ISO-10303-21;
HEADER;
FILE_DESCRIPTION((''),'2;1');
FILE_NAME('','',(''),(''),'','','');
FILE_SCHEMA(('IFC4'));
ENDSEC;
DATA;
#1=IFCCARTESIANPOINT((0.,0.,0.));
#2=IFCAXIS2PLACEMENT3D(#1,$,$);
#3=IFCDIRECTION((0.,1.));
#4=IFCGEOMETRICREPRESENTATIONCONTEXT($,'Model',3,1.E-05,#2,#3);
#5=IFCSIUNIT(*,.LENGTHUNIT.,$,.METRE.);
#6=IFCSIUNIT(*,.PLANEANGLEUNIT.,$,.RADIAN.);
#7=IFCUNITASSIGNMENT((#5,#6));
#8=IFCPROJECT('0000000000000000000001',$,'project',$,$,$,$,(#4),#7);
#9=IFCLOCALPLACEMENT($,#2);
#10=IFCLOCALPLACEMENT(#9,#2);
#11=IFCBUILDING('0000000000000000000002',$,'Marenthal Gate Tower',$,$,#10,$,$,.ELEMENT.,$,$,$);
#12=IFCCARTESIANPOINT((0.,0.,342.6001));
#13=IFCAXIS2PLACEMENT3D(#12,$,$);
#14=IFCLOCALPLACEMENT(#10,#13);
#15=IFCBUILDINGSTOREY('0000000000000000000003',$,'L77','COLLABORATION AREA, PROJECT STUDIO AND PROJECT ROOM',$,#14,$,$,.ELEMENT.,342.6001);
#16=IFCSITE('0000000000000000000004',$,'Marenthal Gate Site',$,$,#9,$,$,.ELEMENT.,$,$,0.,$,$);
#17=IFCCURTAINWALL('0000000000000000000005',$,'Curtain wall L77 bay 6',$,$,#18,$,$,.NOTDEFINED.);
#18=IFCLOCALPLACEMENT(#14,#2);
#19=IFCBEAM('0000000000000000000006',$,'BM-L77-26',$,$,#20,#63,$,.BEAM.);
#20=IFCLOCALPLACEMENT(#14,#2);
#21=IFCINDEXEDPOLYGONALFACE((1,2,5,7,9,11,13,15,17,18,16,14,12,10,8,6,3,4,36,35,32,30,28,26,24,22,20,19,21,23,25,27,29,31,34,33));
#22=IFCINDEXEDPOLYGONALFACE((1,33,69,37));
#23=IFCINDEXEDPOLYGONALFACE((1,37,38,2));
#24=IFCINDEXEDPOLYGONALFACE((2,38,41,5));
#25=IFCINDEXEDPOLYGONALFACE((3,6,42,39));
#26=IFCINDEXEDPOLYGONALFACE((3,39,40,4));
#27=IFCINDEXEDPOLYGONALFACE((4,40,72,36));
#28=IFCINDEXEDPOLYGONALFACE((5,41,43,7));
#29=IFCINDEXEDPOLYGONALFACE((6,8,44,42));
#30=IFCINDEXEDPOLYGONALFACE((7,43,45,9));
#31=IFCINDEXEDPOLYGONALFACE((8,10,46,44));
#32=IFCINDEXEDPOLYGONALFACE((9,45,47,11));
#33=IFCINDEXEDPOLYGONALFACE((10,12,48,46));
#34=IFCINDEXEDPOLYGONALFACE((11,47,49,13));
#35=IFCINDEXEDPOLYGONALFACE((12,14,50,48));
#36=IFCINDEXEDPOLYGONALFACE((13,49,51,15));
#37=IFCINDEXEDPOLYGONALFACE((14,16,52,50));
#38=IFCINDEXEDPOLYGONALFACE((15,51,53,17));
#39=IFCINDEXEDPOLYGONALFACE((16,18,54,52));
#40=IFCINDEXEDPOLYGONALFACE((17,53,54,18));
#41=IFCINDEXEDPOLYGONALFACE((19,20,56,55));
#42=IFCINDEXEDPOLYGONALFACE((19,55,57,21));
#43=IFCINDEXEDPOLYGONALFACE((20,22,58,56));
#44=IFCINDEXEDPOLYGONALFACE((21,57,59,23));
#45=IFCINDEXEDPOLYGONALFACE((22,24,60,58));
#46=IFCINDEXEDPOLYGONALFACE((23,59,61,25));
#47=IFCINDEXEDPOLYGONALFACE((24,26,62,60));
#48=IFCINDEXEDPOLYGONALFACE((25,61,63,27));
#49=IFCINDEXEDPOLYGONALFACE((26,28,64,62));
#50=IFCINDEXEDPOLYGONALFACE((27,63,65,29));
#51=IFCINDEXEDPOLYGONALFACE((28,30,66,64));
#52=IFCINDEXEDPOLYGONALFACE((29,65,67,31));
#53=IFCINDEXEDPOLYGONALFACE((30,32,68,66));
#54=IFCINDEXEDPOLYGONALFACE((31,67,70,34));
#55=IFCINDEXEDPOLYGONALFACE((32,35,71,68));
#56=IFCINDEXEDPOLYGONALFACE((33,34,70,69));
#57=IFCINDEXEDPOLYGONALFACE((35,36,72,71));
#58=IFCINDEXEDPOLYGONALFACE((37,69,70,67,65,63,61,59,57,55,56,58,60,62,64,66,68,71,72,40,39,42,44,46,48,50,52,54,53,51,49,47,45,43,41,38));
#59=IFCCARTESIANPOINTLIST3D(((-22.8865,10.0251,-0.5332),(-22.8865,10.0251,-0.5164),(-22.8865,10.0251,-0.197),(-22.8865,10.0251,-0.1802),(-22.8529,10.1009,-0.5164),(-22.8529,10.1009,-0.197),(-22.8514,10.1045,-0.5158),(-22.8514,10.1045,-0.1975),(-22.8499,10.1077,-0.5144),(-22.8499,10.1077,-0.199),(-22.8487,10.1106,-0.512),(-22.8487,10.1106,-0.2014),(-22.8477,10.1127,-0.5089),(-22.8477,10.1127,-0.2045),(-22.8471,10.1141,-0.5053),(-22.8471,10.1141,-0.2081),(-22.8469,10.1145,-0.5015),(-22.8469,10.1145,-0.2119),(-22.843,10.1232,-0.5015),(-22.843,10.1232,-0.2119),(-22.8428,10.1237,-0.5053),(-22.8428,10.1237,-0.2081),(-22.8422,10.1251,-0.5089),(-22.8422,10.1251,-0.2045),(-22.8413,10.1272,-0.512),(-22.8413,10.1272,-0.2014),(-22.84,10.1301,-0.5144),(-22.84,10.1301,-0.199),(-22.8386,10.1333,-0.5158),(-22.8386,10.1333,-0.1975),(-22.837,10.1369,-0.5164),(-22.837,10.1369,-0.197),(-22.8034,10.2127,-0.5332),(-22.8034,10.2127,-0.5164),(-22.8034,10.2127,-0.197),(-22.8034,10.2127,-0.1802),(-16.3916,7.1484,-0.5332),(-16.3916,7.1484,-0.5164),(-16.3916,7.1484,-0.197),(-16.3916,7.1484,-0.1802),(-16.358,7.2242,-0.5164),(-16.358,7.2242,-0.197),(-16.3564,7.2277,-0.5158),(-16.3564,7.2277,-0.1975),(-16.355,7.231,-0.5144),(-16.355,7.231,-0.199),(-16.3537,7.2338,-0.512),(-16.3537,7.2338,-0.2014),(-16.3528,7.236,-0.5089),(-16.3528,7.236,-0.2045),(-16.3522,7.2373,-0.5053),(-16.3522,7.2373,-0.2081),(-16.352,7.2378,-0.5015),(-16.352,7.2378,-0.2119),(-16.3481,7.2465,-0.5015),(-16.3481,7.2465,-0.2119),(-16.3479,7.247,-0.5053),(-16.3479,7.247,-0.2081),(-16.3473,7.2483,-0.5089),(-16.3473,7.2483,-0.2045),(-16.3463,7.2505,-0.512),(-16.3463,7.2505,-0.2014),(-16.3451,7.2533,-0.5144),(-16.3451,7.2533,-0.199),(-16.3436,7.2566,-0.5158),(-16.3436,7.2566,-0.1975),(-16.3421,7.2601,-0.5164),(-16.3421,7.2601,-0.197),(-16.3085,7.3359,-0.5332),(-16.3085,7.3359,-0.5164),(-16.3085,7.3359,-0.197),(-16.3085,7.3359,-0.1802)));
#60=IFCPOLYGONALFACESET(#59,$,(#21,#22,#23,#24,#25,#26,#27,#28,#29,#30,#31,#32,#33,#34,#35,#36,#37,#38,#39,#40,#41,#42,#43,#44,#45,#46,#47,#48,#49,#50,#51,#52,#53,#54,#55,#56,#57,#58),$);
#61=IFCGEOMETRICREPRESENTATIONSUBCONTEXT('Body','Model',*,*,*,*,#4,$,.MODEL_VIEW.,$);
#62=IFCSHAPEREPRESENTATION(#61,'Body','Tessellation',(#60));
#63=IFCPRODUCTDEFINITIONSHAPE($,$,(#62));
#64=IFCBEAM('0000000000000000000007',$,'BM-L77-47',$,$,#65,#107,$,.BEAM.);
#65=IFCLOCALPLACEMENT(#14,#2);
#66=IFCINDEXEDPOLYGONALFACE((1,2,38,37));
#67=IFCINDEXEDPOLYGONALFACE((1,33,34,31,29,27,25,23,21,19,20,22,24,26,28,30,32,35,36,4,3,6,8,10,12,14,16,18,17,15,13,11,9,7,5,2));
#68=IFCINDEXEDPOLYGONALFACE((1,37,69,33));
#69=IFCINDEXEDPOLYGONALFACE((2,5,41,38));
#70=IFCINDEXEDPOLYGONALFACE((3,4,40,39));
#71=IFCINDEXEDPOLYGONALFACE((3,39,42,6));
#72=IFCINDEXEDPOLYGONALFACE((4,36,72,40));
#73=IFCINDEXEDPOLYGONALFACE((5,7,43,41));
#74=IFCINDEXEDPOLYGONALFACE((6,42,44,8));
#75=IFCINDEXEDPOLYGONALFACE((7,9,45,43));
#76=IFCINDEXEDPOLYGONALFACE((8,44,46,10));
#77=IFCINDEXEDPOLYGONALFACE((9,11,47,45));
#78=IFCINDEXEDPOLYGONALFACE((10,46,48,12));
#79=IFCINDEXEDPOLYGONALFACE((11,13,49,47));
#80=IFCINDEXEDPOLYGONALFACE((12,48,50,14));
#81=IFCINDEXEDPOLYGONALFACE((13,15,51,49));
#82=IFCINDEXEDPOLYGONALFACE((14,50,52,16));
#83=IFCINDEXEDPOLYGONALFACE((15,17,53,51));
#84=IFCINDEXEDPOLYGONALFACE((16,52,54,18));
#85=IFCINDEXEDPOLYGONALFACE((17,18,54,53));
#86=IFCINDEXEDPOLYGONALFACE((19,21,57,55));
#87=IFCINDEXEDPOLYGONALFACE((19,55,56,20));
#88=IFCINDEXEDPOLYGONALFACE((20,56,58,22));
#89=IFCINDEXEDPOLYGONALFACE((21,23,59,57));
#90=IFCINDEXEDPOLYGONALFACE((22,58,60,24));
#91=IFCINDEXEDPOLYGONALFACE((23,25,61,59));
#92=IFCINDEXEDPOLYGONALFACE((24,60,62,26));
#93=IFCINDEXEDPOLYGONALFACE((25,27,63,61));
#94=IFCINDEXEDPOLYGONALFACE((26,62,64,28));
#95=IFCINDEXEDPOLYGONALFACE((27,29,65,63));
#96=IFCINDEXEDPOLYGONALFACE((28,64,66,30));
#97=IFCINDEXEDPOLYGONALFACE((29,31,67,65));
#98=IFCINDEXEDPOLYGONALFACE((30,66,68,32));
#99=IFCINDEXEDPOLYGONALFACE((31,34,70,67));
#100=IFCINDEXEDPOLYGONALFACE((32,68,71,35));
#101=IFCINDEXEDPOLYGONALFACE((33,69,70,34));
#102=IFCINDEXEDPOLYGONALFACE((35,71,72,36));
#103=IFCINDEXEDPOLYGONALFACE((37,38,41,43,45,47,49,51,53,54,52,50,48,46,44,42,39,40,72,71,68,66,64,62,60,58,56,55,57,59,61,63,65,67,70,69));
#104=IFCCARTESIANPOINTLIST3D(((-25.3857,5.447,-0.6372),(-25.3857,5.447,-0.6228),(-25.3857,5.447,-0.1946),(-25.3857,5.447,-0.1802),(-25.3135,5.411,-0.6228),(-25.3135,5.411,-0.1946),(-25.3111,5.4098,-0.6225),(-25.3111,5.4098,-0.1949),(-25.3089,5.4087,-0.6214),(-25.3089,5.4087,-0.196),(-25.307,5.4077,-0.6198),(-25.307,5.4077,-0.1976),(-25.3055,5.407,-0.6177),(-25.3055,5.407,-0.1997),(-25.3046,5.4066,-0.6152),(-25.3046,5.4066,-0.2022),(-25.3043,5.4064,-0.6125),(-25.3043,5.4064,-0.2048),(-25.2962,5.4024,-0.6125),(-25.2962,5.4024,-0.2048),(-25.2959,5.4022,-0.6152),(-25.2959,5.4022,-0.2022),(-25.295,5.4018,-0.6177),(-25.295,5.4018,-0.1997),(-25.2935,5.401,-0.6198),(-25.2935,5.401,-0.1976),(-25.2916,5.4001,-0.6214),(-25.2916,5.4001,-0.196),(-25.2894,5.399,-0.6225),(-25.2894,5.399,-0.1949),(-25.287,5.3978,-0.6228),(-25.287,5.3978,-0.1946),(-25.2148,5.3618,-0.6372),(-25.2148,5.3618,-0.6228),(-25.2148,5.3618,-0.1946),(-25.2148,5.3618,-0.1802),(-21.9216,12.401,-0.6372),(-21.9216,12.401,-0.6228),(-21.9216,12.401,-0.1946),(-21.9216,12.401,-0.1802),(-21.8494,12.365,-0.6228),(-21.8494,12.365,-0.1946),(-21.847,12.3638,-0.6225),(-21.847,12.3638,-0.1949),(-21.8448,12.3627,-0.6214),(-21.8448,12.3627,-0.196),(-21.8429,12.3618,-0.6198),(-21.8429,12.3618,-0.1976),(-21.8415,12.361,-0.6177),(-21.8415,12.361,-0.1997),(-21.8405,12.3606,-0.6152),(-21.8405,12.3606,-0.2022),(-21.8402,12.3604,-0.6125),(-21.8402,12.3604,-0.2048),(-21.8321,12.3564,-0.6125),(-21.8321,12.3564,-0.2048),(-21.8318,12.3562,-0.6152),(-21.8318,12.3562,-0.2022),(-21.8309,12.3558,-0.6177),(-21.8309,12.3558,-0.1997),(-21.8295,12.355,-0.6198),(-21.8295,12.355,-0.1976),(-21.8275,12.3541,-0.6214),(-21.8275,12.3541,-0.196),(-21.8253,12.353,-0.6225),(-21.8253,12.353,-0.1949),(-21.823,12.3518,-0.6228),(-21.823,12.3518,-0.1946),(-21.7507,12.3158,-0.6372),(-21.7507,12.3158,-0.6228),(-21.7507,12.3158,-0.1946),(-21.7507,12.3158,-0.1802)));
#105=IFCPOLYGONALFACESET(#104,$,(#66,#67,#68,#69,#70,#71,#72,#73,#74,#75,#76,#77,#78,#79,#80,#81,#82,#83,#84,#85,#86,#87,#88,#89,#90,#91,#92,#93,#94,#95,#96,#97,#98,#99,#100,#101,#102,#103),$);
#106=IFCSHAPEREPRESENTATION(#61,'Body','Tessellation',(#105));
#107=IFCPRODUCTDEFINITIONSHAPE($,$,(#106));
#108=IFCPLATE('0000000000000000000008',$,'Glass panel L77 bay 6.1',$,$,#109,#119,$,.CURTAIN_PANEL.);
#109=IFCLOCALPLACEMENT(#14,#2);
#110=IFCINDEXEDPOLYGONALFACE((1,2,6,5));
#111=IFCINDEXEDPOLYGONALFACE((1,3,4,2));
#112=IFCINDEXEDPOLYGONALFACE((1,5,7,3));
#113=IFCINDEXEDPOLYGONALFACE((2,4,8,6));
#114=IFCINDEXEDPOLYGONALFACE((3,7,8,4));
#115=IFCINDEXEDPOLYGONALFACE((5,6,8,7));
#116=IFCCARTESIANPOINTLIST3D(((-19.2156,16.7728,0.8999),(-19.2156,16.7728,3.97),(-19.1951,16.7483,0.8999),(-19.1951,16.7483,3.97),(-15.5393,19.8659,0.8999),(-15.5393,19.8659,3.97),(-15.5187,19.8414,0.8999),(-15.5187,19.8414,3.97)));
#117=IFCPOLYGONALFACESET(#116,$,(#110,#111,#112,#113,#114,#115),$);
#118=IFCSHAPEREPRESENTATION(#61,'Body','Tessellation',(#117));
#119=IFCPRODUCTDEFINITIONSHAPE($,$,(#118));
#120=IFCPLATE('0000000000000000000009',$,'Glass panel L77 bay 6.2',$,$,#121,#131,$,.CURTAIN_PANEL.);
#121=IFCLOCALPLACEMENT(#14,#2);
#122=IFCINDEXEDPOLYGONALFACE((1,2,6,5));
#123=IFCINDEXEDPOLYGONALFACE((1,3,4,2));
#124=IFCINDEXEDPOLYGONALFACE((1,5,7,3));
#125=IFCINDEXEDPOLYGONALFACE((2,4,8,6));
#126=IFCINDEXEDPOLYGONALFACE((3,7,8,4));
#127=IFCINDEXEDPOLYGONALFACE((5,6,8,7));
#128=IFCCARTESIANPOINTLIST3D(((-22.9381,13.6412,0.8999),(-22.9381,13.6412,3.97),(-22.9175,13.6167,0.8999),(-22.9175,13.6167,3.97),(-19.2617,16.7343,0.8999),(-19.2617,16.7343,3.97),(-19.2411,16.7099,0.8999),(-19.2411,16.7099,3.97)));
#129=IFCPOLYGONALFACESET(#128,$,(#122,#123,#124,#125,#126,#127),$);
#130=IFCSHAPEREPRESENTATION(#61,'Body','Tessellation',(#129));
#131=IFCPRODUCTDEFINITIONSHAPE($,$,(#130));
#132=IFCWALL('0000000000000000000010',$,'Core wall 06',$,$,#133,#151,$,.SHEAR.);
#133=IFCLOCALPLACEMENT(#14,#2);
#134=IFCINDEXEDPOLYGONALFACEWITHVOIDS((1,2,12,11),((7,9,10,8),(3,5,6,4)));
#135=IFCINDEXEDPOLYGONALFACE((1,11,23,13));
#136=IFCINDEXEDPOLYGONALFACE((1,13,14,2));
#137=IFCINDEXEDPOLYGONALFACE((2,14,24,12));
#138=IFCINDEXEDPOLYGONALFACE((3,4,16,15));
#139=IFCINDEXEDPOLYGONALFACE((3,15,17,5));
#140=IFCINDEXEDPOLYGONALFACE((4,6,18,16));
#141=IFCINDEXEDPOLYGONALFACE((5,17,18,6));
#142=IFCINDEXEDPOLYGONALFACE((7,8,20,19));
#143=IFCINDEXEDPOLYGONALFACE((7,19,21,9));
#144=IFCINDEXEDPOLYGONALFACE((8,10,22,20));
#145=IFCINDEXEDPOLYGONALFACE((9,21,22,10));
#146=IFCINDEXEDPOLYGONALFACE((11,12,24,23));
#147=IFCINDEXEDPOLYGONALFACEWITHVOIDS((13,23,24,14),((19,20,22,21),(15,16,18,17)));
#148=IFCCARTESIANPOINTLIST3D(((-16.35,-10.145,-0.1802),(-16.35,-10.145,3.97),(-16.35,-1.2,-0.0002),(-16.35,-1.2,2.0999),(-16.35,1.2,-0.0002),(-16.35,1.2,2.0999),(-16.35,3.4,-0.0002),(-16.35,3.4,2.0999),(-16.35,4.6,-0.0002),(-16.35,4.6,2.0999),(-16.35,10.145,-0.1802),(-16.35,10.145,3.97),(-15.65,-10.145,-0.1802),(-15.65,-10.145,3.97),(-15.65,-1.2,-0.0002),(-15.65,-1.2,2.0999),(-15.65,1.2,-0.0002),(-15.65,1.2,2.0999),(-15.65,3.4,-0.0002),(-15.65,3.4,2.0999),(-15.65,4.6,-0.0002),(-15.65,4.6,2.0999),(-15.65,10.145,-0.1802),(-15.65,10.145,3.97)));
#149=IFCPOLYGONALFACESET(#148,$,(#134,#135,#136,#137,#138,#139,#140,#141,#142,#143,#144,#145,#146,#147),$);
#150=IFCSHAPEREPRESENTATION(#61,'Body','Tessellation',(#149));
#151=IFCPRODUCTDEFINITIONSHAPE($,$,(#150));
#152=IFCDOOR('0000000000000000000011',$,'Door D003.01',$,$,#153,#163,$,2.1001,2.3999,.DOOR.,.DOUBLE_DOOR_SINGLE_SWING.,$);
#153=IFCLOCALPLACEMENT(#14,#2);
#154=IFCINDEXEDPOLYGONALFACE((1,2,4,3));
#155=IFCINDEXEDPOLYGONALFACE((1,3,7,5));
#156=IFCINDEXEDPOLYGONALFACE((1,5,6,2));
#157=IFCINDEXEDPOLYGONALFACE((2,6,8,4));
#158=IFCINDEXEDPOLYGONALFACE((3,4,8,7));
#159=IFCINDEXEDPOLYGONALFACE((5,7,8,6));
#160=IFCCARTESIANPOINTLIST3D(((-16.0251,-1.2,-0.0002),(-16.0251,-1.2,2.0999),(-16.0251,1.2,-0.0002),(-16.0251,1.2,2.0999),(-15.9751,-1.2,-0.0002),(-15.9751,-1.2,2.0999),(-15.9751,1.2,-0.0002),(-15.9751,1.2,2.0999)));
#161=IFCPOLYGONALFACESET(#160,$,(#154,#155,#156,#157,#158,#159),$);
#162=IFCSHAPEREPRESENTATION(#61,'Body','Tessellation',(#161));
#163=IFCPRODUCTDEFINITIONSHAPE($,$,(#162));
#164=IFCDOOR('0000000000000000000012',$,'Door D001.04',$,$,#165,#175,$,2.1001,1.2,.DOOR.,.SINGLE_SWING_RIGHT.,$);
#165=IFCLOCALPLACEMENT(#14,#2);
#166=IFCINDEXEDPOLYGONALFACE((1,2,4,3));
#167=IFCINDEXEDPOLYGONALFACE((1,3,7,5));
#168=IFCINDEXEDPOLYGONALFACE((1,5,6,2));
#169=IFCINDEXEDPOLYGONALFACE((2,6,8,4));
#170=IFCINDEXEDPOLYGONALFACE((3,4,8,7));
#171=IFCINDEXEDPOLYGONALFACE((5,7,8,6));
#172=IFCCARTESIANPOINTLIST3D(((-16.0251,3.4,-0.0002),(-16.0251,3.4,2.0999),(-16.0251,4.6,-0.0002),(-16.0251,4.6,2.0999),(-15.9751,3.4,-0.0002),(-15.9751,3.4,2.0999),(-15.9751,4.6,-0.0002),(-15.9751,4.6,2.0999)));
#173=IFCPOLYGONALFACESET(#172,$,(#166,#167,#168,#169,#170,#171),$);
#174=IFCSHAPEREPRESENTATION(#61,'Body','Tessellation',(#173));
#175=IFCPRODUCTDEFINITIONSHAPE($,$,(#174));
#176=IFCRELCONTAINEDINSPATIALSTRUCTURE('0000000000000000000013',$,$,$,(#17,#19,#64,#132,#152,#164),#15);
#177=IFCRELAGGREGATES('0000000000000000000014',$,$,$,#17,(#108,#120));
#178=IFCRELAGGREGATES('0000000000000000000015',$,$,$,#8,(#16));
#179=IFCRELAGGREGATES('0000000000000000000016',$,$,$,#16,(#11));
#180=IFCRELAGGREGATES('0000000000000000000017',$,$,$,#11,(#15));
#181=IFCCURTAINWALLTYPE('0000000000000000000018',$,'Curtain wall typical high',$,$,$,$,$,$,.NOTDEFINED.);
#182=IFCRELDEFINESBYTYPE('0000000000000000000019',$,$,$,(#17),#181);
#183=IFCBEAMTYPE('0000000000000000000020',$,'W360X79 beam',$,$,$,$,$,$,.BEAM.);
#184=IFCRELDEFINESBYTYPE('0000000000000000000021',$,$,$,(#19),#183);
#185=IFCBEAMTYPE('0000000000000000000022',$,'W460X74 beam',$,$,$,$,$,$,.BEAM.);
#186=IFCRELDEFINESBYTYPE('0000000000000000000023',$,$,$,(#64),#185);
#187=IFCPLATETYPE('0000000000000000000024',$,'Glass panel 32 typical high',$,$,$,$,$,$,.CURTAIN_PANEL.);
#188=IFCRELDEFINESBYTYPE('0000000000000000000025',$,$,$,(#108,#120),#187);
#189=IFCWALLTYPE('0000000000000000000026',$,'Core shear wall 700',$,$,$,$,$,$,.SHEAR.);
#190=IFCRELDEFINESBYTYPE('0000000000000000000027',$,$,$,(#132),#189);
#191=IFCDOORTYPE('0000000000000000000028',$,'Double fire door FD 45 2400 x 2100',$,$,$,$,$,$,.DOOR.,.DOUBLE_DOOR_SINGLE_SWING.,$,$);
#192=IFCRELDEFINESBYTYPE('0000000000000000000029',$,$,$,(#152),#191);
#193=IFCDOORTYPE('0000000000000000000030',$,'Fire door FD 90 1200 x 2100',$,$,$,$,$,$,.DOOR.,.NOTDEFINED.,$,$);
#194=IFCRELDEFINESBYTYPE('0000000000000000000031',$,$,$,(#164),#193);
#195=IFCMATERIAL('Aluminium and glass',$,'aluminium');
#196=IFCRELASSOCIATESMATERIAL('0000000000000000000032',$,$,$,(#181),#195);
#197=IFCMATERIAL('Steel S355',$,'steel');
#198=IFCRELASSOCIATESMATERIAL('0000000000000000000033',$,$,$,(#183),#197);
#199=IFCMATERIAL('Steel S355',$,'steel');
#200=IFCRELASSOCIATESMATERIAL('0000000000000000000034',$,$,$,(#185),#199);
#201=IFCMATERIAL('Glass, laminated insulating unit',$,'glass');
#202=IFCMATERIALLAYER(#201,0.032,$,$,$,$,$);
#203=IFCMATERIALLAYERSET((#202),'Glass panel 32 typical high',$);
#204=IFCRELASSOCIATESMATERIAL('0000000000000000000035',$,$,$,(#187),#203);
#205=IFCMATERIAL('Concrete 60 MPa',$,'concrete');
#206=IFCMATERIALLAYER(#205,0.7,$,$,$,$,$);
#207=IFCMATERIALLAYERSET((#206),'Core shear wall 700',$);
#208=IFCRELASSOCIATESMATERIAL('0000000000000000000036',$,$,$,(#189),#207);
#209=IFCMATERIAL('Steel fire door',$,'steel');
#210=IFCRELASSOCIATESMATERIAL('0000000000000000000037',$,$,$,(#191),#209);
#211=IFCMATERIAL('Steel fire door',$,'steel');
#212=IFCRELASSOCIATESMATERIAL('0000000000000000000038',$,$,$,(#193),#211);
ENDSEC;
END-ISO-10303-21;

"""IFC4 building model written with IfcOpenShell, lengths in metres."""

from ifc_helpers import new_model, si_unit, direction, frame, frame_2d, origin, origin_2d, place, context, subcontext, project, spatial, rectangle, i_section, extrude, material, layer, layer_set, material_profile, profile_set, type_object, element, fill, aggregate, save


model = new_model("IFC4")

# Units and contexts
model_context = context("Model", 3, precision=1e-05, world=origin(), true_north=direction((0.0, 1.0)))
body_context = subcontext(model_context, "Body", "Model", "MODEL_VIEW")
ifc_project = project(units=[si_unit("LENGTHUNIT", "METRE"), si_unit("PLANEANGLEUNIT", "RADIAN")], contexts=[model_context])

# Site, building, storey
site_placement = place(None, origin())
site = spatial("IfcSite", under=ifc_project, at=site_placement, Name="Marenthal Gate Site", CompositionType="ELEMENT", RefElevation=0.0)
building_placement = place(site_placement, origin())
building = spatial("IfcBuilding", under=site, at=building_placement, Name="Marenthal Gate Tower", CompositionType="ELEMENT")
storey_placement = place(building_placement, frame((0.0, 0.0, 342.6001)))
storey = spatial("IfcBuildingStorey", under=building, at=storey_placement, Name="L77", Description="COLLABORATION AREA, PROJECT STUDIO AND PROJECT ROOM", CompositionType="ELEMENT", Elevation=342.6001)

# Curtain wall
ifc_material_1 = material(Name="Aluminium and glass", Category="aluminium")
curtain_wall_type = type_object("IfcCurtainWallType", Name="Curtain wall typical high", PredefinedType="NOTDEFINED", material=ifc_material_1)
curtain_wall_placement = place(storey_placement, origin())
curtain_wall = element("IfcCurtainWall", 1, at=curtain_wall_placement, inside=storey, type_object=curtain_wall_type, Name="Curtain wall L77 bay 6", PredefinedType="NOTDEFINED")

# Beams
ifc_material_2 = material(Name="Steel S355", Category="steel")
ifc_material_profile_1 = material_profile(ifc_material_2, i_section(OverallWidth=0.2051, OverallDepth=0.353, WebThickness=0.0095, FlangeThickness=0.0168, FilletRadius=0.0149, at=origin_2d()), Name="W360X79")
ifc_profile_set_1 = profile_set([ifc_material_profile_1], Name="Steel S355")
beam_type_1 = type_object("IfcBeamType", Name="W360X79 beam", PredefinedType="BEAM", material=ifc_profile_set_1)
beam_1_placement = place(storey_placement, frame((-22.845, 10.1189, -0.3567), z_axis=(0.914328, -0.404974, 0.0), x_axis=(0.404974, 0.914328, 0.0)))
element("IfcBeam", 2, at=beam_1_placement, inside=storey, type_object=beam_type_1, Name="BM-L77-26", PredefinedType="BEAM", context=body_context, shape_type="SweptSolid", body=[
    extrude(i_section(OverallWidth=0.2051, OverallDepth=0.353, WebThickness=0.0095, FlangeThickness=0.0168, FilletRadius=0.0149, at=origin_2d()), origin(), (0.0, 0.0, 1.0), 7.1035),
])
ifc_material_3 = material(Name="Steel S355", Category="steel")
ifc_material_profile_2 = material_profile(ifc_material_3, i_section(OverallWidth=0.1909, OverallDepth=0.457, WebThickness=0.009, FlangeThickness=0.0144, FilletRadius=0.0103, at=origin_2d()), Name="W460X74")
ifc_profile_set_2 = profile_set([ifc_material_profile_2], Name="Steel S355")
beam_type_2 = type_object("IfcBeamType", Name="W460X74 beam", PredefinedType="BEAM", material=ifc_profile_set_2)
beam_2_placement = place(storey_placement, frame((-21.8362, 12.3584, -0.4087), z_axis=(-0.445881, -0.895092, 0.0), x_axis=(0.895092, -0.445881, 0.0)))
element("IfcBeam", 3, at=beam_2_placement, inside=storey, type_object=beam_type_2, Name="BM-L77-47", PredefinedType="BEAM", context=body_context, shape_type="SweptSolid", body=[
    extrude(i_section(OverallWidth=0.1909, OverallDepth=0.457, WebThickness=0.009, FlangeThickness=0.0144, FilletRadius=0.0103, at=origin_2d()), origin(), (0.0, 0.0, 1.0), 7.769),
])

# Plates
ifc_material_4 = material(Name="Glass, laminated insulating unit", Category="glass")
ifc_layer_1 = layer(ifc_material_4, 0.032)
ifc_layer_set_1 = layer_set([ifc_layer_1], Name="Glass panel 32 typical high")
plate_type = type_object("IfcPlateType", Name="Glass panel 32 typical high", PredefinedType="CURTAIN_PANEL", material=ifc_layer_set_1)
plate_1_placement = place(storey_placement, frame((-17.3672, 18.3071, 0.8999), z_axis=(0.0, 0.0, 1.0), x_axis=(-0.765193, -0.643801, 0.0)))
plate_1 = element("IfcPlate", 4, at=plate_1_placement, type_object=plate_type, Name="Glass panel L77 bay 6.1", PredefinedType="CURTAIN_PANEL", context=body_context, shape_type="SweptSolid", body=[
    extrude(rectangle(XDim=4.8044, YDim=0.032, at=origin_2d()), origin(), (0.0, 0.0, 1.0), 3.0701),
])
plate_2_placement = place(storey_placement, frame((-21.0896, 15.1755, 0.8999), z_axis=(0.0, 0.0, 1.0), x_axis=(-0.765193, -0.643801, 0.0)))
plate_2 = element("IfcPlate", 5, at=plate_2_placement, type_object=plate_type, Name="Glass panel L77 bay 6.2", PredefinedType="CURTAIN_PANEL", context=body_context, shape_type="SweptSolid", body=[
    extrude(rectangle(XDim=4.8044, YDim=0.032, at=origin_2d()), origin(), (0.0, 0.0, 1.0), 3.0701),
])
aggregate(curtain_wall, [plate_1, plate_2])

# Wall, openings, doors
ifc_material_5 = material(Name="Concrete 60 MPa", Category="concrete")
ifc_layer_2 = layer(ifc_material_5, 0.7)
ifc_layer_set_2 = layer_set([ifc_layer_2], Name="Core shear wall 700")
wall_type_1 = type_object("IfcWallType", Name="Core shear wall 700", PredefinedType="SHEAR", material=ifc_layer_set_2)
wall_1_placement = place(storey_placement, frame((-16.0, 10.145, -0.1802), z_axis=(0.0, 0.0, 1.0), x_axis=(0.0, -1.0, 0.0)))
wall_1 = element("IfcWall", 6, at=wall_1_placement, inside=storey, type_object=wall_type_1, Name="Core wall 06", PredefinedType="SHEAR", context=body_context, shape_type="SweptSolid", body=[
    extrude(rectangle(XDim=20.29, YDim=0.7, at=frame_2d((10.145, 0.0))), origin(), (0.0, 0.0, 1.0), 4.1501),
])
opening_1_placement = place(wall_1_placement, frame((8.9451, 0.0, 0.1799)))
opening_1 = element("IfcOpeningElement", 7, at=opening_1_placement, cuts=wall_1, PredefinedType="OPENING", context=body_context, shape_type="SweptSolid", body=[
    extrude(rectangle(XDim=2.3999, YDim=2.1001, at=frame_2d((1.2, 1.05))), frame((0.0, 0.3599, 0.0), z_axis=(0.0, -1.0, 0.0), x_axis=(1.0, 0.0, 0.0)), (0.0, 0.0, 1.0), 0.72),
])
opening_2_placement = place(wall_1_placement, frame((5.5449, 0.0, 0.1799)))
opening_2 = element("IfcOpeningElement", 8, at=opening_2_placement, cuts=wall_1, PredefinedType="OPENING", context=body_context, shape_type="SweptSolid", body=[
    extrude(rectangle(XDim=1.2, YDim=2.1001, at=frame_2d((0.6001, 1.05))), frame((0.0, 0.3599, 0.0), z_axis=(0.0, -1.0, 0.0), x_axis=(1.0, 0.0, 0.0)), (0.0, 0.0, 1.0), 0.72),
])
ifc_material_6 = material(Name="Steel fire door", Category="steel")
door_type_1 = type_object("IfcDoorType", Name="Double fire door FD 45 2400 x 2100", OperationType="DOUBLE_DOOR_SINGLE_SWING", PredefinedType="DOOR", material=ifc_material_6)
door_1_placement = place(opening_1_placement, origin())
door_1 = element("IfcDoor", 9, at=door_1_placement, inside=storey, type_object=door_type_1, Name="Door D003.01", OperationType="DOUBLE_DOOR_SINGLE_SWING", OverallHeight=2.1001, OverallWidth=2.3999, PredefinedType="DOOR", context=body_context, shape_type="SweptSolid", body=[
    extrude(rectangle(XDim=2.3999, YDim=2.1001, at=frame_2d((1.2, 1.05))), frame((0.0, 0.0249, 0.0), z_axis=(0.0, -1.0, 0.0), x_axis=(1.0, 0.0, 0.0)), (0.0, 0.0, 1.0), 0.05),
])
fill(opening_1, door_1)
ifc_material_7 = material(Name="Steel fire door", Category="steel")
door_type_2 = type_object("IfcDoorType", Name="Fire door FD 90 1200 x 2100", OperationType="NOTDEFINED", PredefinedType="DOOR", material=ifc_material_7)
door_2_placement = place(opening_2_placement, origin())
door_2 = element("IfcDoor", 10, at=door_2_placement, inside=storey, type_object=door_type_2, Name="Door D001.04", OperationType="SINGLE_SWING_RIGHT", OverallHeight=2.1001, OverallWidth=1.2, PredefinedType="DOOR", context=body_context, shape_type="SweptSolid", body=[
    extrude(rectangle(XDim=1.2, YDim=2.1001, at=frame_2d((0.6001, 1.05))), frame((0.0, 0.0249, 0.0), z_axis=(0.0, -1.0, 0.0), x_axis=(1.0, 0.0, 0.0)), (0.0, 0.0, 1.0), 0.05),
])
fill(opening_2, door_2)

save(model, "model.ifc")
